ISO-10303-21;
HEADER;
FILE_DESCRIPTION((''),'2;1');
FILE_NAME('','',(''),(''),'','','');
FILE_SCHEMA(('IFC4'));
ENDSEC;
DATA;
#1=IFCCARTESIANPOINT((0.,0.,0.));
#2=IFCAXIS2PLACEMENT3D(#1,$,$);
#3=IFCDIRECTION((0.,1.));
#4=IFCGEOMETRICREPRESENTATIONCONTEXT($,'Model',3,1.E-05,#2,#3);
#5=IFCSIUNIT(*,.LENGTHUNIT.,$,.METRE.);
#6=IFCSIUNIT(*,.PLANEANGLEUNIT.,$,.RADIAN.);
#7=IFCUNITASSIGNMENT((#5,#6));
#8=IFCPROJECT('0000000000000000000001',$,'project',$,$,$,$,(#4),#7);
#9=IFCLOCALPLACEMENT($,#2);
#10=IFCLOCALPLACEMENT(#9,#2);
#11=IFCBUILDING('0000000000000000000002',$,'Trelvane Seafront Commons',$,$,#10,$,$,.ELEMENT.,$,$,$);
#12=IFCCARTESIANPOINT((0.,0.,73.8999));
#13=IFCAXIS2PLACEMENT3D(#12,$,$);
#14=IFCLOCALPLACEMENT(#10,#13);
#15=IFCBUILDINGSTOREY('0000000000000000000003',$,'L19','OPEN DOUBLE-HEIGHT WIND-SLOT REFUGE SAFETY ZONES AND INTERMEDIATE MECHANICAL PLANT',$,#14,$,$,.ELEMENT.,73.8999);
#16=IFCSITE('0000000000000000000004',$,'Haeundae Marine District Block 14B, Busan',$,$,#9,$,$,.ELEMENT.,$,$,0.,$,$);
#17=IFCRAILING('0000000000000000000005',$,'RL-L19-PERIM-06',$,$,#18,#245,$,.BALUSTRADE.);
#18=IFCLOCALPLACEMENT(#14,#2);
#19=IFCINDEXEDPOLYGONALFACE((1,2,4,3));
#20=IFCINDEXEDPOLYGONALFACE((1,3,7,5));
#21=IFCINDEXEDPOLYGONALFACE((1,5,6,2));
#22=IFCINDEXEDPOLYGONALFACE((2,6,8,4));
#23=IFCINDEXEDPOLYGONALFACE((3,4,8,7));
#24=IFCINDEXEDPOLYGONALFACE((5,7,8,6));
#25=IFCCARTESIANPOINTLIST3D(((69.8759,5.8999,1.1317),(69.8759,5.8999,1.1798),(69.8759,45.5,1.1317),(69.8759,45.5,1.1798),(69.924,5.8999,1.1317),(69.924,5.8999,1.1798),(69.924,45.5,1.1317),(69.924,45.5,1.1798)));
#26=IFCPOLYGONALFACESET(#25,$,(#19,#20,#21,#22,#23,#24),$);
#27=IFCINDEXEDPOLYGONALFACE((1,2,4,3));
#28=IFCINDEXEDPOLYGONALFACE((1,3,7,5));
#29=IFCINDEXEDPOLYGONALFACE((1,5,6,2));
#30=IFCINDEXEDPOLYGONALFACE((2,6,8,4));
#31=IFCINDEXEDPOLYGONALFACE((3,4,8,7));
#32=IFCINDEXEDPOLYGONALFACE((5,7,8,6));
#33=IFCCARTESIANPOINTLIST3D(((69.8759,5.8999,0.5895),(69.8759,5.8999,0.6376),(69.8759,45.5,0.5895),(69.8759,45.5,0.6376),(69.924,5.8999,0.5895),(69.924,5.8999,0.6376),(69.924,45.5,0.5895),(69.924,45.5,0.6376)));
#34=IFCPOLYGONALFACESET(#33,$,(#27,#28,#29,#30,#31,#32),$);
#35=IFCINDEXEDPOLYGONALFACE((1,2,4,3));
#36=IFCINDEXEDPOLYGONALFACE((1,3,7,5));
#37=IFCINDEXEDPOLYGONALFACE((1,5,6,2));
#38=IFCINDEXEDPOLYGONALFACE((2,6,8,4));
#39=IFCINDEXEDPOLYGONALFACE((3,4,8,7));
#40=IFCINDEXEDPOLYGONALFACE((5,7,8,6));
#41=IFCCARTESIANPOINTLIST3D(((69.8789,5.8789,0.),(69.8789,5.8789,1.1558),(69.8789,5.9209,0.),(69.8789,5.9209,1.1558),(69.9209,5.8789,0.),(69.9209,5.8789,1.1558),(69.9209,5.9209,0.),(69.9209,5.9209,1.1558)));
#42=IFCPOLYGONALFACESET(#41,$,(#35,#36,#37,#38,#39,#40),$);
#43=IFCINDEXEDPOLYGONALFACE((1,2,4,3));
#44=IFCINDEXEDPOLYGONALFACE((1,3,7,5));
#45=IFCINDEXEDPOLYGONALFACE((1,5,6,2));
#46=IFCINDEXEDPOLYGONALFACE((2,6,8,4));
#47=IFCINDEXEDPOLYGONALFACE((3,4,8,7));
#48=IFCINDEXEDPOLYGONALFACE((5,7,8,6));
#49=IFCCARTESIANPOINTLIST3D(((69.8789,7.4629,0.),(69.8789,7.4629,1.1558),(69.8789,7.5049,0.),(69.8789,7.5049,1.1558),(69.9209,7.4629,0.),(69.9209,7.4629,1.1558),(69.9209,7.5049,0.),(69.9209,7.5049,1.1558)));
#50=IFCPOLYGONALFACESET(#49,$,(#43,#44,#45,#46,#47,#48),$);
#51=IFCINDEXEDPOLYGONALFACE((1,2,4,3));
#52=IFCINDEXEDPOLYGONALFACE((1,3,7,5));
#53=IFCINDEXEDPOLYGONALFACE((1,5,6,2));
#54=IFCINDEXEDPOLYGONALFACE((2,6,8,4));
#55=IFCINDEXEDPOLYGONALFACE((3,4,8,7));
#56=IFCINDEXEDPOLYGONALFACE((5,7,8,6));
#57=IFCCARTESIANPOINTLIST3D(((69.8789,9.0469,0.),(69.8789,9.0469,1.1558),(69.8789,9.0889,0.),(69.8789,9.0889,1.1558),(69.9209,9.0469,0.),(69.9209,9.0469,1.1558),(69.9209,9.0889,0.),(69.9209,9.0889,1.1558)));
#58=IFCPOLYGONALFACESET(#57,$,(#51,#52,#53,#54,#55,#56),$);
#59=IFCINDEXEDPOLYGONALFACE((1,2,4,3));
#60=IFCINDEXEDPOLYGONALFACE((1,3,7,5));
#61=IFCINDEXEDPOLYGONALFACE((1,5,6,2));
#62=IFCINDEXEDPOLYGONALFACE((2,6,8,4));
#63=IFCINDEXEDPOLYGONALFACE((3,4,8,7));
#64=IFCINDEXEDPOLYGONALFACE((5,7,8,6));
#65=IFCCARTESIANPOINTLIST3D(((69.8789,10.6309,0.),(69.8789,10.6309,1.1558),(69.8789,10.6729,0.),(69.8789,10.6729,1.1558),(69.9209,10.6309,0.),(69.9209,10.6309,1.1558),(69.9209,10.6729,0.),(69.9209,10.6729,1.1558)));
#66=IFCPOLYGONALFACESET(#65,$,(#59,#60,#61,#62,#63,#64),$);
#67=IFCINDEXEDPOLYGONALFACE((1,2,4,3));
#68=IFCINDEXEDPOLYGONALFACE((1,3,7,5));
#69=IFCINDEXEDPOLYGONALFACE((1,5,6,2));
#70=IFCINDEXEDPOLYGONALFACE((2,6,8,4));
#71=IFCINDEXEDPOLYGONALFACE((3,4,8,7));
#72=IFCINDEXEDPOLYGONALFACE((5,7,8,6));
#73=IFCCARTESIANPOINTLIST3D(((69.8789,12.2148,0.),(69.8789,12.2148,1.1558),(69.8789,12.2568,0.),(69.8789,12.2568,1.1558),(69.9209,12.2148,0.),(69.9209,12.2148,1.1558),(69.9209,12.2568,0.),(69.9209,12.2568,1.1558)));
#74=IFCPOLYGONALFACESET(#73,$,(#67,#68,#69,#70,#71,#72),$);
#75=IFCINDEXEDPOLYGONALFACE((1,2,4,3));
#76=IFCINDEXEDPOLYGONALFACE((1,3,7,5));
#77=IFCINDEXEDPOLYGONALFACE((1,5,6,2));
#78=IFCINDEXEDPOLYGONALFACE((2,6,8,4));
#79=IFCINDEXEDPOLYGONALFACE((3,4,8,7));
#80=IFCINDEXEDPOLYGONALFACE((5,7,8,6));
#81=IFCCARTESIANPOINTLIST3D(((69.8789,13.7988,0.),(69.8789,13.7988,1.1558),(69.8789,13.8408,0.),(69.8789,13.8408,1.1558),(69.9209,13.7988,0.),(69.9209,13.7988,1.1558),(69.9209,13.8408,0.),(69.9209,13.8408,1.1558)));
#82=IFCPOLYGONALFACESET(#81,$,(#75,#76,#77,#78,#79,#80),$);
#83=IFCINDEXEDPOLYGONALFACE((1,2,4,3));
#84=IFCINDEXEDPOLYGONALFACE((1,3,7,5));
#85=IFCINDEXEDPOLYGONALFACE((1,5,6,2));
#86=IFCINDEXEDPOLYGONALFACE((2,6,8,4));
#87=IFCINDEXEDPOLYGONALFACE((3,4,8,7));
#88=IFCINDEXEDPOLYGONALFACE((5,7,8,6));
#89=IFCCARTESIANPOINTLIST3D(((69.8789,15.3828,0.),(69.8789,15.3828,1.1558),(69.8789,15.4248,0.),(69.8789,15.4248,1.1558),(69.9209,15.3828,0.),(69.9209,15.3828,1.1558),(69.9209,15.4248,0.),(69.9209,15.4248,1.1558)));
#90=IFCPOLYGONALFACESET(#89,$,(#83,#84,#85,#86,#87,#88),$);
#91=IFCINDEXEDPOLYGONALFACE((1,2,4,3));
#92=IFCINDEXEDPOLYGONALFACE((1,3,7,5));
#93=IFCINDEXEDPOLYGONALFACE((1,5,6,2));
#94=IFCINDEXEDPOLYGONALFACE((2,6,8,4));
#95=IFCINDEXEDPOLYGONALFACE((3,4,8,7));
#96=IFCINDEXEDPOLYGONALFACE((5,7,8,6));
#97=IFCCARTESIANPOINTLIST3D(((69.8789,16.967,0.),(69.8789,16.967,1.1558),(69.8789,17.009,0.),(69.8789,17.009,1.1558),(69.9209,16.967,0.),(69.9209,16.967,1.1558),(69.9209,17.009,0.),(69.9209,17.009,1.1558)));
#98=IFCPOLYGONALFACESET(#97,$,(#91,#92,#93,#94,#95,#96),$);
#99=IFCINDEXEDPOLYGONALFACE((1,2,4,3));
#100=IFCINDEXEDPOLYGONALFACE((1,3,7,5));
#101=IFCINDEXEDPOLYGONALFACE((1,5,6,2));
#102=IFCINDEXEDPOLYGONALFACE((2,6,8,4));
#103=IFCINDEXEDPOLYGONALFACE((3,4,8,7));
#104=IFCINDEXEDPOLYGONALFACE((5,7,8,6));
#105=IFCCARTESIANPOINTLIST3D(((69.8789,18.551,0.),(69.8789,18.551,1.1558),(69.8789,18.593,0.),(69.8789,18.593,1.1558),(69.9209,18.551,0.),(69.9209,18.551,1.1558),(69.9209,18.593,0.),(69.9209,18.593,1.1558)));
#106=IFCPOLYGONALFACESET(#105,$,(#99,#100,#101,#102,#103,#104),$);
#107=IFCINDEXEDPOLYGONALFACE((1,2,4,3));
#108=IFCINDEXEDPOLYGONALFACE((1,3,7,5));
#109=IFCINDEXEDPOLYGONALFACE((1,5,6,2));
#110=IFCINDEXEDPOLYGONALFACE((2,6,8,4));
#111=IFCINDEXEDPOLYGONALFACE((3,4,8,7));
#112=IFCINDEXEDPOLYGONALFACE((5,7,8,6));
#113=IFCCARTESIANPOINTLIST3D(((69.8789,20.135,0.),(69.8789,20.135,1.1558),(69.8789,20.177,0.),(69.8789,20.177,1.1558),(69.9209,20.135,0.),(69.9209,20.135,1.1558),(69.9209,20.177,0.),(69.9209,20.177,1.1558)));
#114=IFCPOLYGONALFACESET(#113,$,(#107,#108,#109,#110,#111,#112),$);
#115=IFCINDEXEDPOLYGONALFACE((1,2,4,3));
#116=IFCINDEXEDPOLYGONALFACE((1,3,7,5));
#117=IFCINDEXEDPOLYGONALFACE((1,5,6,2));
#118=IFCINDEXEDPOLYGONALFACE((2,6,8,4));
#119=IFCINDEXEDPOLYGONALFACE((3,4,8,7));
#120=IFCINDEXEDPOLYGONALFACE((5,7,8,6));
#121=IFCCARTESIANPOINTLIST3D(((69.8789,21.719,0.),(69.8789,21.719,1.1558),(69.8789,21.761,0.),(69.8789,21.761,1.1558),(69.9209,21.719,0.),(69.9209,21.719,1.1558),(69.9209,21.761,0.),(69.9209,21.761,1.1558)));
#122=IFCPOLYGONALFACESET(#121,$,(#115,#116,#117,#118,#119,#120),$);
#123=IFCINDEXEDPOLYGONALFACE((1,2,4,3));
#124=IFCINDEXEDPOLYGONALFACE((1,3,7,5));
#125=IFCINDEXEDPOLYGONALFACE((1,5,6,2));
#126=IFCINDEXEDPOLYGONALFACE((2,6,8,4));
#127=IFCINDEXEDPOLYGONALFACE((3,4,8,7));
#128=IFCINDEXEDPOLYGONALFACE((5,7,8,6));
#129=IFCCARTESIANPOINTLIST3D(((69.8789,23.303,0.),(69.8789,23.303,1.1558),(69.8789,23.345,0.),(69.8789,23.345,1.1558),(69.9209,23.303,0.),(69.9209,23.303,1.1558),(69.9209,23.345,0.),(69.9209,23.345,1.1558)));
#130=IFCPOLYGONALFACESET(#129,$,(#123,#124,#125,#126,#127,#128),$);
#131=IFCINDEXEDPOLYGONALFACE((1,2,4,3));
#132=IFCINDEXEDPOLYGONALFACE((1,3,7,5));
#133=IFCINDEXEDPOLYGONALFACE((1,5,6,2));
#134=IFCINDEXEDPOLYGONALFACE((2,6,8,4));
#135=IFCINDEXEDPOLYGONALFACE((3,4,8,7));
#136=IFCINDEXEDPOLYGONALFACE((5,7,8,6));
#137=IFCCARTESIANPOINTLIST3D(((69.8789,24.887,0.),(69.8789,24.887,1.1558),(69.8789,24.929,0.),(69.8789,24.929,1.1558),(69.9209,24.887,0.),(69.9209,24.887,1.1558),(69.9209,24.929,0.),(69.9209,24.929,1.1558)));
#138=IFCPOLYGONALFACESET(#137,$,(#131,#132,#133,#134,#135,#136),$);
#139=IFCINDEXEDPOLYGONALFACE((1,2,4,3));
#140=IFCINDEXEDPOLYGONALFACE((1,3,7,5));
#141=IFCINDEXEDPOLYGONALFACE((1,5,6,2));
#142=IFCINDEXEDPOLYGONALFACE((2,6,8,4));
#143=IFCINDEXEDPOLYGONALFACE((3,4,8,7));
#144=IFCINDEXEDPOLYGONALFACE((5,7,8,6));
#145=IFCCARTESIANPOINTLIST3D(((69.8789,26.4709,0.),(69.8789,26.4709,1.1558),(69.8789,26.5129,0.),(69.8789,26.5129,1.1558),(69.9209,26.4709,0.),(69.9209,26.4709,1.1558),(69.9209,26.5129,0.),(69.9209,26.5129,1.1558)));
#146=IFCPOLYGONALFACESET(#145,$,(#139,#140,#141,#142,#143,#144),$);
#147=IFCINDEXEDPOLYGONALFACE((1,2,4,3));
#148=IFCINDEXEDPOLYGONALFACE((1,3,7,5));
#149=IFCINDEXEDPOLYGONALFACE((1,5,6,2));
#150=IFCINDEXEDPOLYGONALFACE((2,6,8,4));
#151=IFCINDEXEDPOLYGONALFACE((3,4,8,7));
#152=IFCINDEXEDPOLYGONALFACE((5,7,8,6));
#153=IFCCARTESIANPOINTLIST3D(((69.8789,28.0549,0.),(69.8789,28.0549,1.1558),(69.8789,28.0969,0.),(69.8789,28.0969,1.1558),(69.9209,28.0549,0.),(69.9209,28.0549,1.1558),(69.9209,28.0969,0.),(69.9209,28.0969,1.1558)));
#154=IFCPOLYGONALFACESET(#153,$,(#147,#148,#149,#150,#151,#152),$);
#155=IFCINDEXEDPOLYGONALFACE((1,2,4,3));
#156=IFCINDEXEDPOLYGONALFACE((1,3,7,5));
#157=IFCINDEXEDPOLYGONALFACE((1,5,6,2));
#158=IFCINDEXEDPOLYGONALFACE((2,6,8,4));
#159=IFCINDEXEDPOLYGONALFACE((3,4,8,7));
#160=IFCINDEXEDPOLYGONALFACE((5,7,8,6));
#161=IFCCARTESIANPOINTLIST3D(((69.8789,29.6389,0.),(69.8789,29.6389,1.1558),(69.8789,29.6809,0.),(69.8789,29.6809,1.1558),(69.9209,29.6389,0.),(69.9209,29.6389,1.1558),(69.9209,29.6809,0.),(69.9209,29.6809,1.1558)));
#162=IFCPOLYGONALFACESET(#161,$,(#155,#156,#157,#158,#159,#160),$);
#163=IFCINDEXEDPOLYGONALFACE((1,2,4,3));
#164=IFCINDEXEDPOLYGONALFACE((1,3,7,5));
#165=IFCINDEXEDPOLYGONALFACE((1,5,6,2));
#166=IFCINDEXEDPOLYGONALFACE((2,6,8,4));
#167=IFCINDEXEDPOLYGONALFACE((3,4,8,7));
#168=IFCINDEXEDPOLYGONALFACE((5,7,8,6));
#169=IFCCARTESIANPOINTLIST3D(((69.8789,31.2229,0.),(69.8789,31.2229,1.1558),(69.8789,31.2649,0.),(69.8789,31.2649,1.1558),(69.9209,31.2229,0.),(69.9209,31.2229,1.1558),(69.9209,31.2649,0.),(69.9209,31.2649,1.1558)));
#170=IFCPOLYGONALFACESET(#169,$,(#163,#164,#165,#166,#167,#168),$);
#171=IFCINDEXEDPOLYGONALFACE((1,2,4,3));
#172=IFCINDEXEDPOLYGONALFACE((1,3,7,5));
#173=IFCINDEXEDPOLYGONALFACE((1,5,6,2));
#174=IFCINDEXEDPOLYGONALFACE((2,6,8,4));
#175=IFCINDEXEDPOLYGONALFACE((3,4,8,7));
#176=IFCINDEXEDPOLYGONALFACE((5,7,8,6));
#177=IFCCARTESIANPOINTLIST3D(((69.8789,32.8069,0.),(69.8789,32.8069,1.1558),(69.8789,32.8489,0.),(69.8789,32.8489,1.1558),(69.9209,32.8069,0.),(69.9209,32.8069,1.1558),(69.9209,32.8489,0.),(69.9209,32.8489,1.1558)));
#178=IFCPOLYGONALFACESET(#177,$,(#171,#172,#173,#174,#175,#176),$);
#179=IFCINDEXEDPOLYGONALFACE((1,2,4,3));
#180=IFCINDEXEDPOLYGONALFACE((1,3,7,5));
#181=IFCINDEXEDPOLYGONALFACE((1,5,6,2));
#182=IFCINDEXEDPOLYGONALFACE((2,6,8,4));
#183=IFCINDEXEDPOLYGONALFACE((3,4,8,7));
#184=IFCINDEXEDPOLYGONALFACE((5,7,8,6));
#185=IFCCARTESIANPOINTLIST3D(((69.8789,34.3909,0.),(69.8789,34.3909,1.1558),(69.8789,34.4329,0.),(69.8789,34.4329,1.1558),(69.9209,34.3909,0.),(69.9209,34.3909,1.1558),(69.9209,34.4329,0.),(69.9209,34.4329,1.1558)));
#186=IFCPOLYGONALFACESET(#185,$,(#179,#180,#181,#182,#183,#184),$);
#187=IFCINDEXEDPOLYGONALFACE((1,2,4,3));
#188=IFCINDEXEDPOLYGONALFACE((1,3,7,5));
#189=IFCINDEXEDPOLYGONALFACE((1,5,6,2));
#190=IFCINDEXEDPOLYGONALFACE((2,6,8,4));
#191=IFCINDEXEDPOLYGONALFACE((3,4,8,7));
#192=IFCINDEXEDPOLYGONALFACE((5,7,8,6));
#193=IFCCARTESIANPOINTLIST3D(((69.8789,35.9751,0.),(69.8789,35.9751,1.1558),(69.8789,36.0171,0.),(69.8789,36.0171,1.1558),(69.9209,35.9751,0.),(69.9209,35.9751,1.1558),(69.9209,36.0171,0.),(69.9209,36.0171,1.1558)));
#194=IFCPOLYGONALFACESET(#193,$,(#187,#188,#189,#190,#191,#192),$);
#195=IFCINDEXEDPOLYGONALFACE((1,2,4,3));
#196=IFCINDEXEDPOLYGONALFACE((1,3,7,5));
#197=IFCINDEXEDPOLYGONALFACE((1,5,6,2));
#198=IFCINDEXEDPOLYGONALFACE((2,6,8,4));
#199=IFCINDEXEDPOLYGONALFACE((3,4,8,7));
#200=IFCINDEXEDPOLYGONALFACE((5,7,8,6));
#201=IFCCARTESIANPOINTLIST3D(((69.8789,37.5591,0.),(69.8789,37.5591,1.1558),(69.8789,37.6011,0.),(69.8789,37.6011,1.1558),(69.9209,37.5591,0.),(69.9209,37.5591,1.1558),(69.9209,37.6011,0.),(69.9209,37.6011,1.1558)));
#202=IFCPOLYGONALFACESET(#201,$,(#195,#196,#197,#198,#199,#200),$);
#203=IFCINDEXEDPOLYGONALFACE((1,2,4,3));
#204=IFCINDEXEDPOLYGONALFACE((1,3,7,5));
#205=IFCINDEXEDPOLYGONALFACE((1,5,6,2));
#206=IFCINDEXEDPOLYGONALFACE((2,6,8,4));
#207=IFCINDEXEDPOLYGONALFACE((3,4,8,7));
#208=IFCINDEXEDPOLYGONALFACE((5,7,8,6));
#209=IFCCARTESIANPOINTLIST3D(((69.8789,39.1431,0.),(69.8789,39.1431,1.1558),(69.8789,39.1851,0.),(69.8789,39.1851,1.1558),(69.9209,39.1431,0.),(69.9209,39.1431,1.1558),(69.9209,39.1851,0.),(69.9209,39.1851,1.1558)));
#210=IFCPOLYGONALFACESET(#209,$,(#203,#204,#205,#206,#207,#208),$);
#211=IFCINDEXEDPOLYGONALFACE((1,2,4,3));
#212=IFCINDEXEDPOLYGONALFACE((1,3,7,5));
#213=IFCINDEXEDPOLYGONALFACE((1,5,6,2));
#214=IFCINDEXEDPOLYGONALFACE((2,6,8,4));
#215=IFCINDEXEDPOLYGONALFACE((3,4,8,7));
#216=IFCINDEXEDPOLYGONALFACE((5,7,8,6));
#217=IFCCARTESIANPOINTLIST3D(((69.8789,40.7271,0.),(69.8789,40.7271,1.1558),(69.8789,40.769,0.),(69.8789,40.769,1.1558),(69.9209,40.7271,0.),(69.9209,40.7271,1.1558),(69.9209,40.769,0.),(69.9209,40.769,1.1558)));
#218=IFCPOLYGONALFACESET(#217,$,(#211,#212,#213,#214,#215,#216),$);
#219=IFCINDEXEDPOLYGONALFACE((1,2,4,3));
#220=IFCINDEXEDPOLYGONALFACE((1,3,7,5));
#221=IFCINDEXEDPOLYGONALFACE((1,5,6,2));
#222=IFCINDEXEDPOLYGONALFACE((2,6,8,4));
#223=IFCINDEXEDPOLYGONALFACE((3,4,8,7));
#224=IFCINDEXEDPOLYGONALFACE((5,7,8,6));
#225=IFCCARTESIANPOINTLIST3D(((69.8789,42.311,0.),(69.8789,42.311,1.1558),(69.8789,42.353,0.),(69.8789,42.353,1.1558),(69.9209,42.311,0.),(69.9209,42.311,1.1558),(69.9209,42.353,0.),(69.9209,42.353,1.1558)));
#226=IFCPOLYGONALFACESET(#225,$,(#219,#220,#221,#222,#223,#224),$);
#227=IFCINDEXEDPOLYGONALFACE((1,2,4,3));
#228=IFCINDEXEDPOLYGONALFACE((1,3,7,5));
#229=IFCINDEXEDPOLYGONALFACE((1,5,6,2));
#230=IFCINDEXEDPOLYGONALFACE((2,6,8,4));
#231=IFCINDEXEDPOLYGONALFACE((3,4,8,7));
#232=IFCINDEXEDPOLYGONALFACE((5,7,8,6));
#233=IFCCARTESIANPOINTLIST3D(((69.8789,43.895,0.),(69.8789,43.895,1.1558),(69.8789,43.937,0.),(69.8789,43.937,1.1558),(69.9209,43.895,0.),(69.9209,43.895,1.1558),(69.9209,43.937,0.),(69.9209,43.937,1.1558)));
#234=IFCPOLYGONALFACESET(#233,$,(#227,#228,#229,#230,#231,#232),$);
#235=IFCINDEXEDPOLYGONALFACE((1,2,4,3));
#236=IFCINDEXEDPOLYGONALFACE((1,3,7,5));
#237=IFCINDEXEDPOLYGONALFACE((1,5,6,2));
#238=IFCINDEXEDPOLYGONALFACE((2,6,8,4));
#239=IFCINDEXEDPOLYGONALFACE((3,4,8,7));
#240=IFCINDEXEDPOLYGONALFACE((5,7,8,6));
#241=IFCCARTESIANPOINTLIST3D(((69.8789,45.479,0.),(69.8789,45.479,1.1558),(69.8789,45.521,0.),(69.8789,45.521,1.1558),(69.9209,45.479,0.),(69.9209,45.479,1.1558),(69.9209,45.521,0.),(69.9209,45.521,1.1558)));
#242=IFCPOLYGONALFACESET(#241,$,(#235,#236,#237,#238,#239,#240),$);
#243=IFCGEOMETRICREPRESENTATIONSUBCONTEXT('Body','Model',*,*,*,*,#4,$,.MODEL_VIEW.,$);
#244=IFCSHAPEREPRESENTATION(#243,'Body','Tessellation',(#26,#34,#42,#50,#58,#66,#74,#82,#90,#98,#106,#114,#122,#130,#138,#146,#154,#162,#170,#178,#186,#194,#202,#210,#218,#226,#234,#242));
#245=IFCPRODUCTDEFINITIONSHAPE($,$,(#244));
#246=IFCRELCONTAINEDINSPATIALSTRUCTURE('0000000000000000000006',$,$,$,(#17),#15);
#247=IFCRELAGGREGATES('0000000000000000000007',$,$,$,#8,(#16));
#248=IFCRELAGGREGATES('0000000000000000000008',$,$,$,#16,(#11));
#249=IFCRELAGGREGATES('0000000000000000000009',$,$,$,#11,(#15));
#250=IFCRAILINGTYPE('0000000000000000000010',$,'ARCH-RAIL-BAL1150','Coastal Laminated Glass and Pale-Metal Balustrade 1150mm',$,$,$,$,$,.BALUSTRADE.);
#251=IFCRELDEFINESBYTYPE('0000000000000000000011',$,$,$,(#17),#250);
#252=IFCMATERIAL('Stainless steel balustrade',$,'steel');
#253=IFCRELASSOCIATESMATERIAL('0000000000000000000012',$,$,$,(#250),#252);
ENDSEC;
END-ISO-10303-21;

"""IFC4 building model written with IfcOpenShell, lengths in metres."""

from ifc_helpers import new_model, si_unit, direction, frame, origin, origin_2d, place, context, subcontext, project, spatial, rectangle, extrude, material, type_object, element, save


model = new_model("IFC4")

# Units and contexts
model_context = context("Model", 3, precision=1e-05, world=origin(), true_north=direction((0.0, 1.0)))
body_context = subcontext(model_context, "Body", "Model", "MODEL_VIEW")
ifc_project = project(units=[si_unit("LENGTHUNIT", "METRE"), si_unit("PLANEANGLEUNIT", "RADIAN")], contexts=[model_context])

# Site, building, storey
site_placement = place(None, origin())
site = spatial("IfcSite", under=ifc_project, at=site_placement, Name="Haeundae Marine District Block 14B, Busan", CompositionType="ELEMENT", RefElevation=0.0)
building_placement = place(site_placement, origin())
building = spatial("IfcBuilding", under=site, at=building_placement, Name="Trelvane Seafront Commons", CompositionType="ELEMENT")
storey_placement = place(building_placement, frame((0.0, 0.0, 73.8999)))
storey = spatial("IfcBuildingStorey", under=building, at=storey_placement, Name="L19", Description="OPEN DOUBLE-HEIGHT WIND-SLOT REFUGE SAFETY ZONES AND INTERMEDIATE MECHANICAL PLANT", CompositionType="ELEMENT", Elevation=73.8999)

# Railing
ifc_material_1 = material(Name="Stainless steel balustrade", Category="steel")
railing_type = type_object("IfcRailingType", Name="ARCH-RAIL-BAL1150", Description="Coastal Laminated Glass and Pale-Metal Balustrade 1150mm", PredefinedType="BALUSTRADE", material=ifc_material_1)
railing_1_placement = place(storey_placement, frame((69.8999, 5.8999, 0.0)))
element("IfcRailing", 1, at=railing_1_placement, inside=storey, type_object=railing_type, Name="RL-L19-PERIM-06", PredefinedType="BALUSTRADE", context=body_context, shape_type="SweptSolid", body=[
    extrude(rectangle(XDim=0.0481, YDim=0.0481, at=origin_2d()), frame((0.0, 0.0, 1.1558), z_axis=(0.0, 1.0, 0.0), x_axis=(-1.0, 0.0, 0.0)), (0.0, 0.0, 1.0), 39.6001),
    extrude(rectangle(XDim=0.0481, YDim=0.0481, at=origin_2d()), frame((0.0, 0.0, 0.6135), z_axis=(0.0, 1.0, 0.0), x_axis=(-1.0, 0.0, 0.0)), (0.0, 0.0, 1.0), 39.6001),
    extrude(rectangle(XDim=0.042, YDim=0.042, at=origin_2d()), origin(), (0.0, 0.0, 1.0), 1.1558),
    extrude(rectangle(XDim=0.042, YDim=0.042, at=origin_2d()), frame((0.0, 1.584, 0.0)), (0.0, 0.0, 1.0), 1.1558),
    extrude(rectangle(XDim=0.042, YDim=0.042, at=origin_2d()), frame((0.0, 3.168, 0.0)), (0.0, 0.0, 1.0), 1.1558),
    extrude(rectangle(XDim=0.042, YDim=0.042, at=origin_2d()), frame((0.0, 4.752, 0.0)), (0.0, 0.0, 1.0), 1.1558),
    extrude(rectangle(XDim=0.042, YDim=0.042, at=origin_2d()), frame((0.0, 6.3359, 0.0)), (0.0, 0.0, 1.0), 1.1558),
    extrude(rectangle(XDim=0.042, YDim=0.042, at=origin_2d()), frame((0.0, 7.9199, 0.0)), (0.0, 0.0, 1.0), 1.1558),
    extrude(rectangle(XDim=0.042, YDim=0.042, at=origin_2d()), frame((0.0, 9.5039, 0.0)), (0.0, 0.0, 1.0), 1.1558),
    extrude(rectangle(XDim=0.042, YDim=0.042, at=origin_2d()), frame((0.0, 11.0881, 0.0)), (0.0, 0.0, 1.0), 1.1558),
    extrude(rectangle(XDim=0.042, YDim=0.042, at=origin_2d()), frame((0.0, 12.6721, 0.0)), (0.0, 0.0, 1.0), 1.1558),
    extrude(rectangle(XDim=0.042, YDim=0.042, at=origin_2d()), frame((0.0, 14.2561, 0.0)), (0.0, 0.0, 1.0), 1.1558),
    extrude(rectangle(XDim=0.042, YDim=0.042, at=origin_2d()), frame((0.0, 15.8401, 0.0)), (0.0, 0.0, 1.0), 1.1558),
    extrude(rectangle(XDim=0.042, YDim=0.042, at=origin_2d()), frame((0.0, 17.4241, 0.0)), (0.0, 0.0, 1.0), 1.1558),
    extrude(rectangle(XDim=0.042, YDim=0.042, at=origin_2d()), frame((0.0, 19.0081, 0.0)), (0.0, 0.0, 1.0), 1.1558),
    extrude(rectangle(XDim=0.042, YDim=0.042, at=origin_2d()), frame((0.0, 20.592, 0.0)), (0.0, 0.0, 1.0), 1.1558),
    extrude(rectangle(XDim=0.042, YDim=0.042, at=origin_2d()), frame((0.0, 22.176, 0.0)), (0.0, 0.0, 1.0), 1.1558),
    extrude(rectangle(XDim=0.042, YDim=0.042, at=origin_2d()), frame((0.0, 23.76, 0.0)), (0.0, 0.0, 1.0), 1.1558),
    extrude(rectangle(XDim=0.042, YDim=0.042, at=origin_2d()), frame((0.0, 25.344, 0.0)), (0.0, 0.0, 1.0), 1.1558),
    extrude(rectangle(XDim=0.042, YDim=0.042, at=origin_2d()), frame((0.0, 26.928, 0.0)), (0.0, 0.0, 1.0), 1.1558),
    extrude(rectangle(XDim=0.042, YDim=0.042, at=origin_2d()), frame((0.0, 28.512, 0.0)), (0.0, 0.0, 1.0), 1.1558),
    extrude(rectangle(XDim=0.042, YDim=0.042, at=origin_2d()), frame((0.0, 30.0962, 0.0)), (0.0, 0.0, 1.0), 1.1558),
    extrude(rectangle(XDim=0.042, YDim=0.042, at=origin_2d()), frame((0.0, 31.6802, 0.0)), (0.0, 0.0, 1.0), 1.1558),
    extrude(rectangle(XDim=0.042, YDim=0.042, at=origin_2d()), frame((0.0, 33.2642, 0.0)), (0.0, 0.0, 1.0), 1.1558),
    extrude(rectangle(XDim=0.042, YDim=0.042, at=origin_2d()), frame((0.0, 34.8481, 0.0)), (0.0, 0.0, 1.0), 1.1558),
    extrude(rectangle(XDim=0.042, YDim=0.042, at=origin_2d()), frame((0.0, 36.4321, 0.0)), (0.0, 0.0, 1.0), 1.1558),
    extrude(rectangle(XDim=0.042, YDim=0.042, at=origin_2d()), frame((0.0, 38.0161, 0.0)), (0.0, 0.0, 1.0), 1.1558),
    extrude(rectangle(XDim=0.042, YDim=0.042, at=origin_2d()), frame((0.0, 39.6001, 0.0)), (0.0, 0.0, 1.0), 1.1558),
])

save(model, "model.ifc")
